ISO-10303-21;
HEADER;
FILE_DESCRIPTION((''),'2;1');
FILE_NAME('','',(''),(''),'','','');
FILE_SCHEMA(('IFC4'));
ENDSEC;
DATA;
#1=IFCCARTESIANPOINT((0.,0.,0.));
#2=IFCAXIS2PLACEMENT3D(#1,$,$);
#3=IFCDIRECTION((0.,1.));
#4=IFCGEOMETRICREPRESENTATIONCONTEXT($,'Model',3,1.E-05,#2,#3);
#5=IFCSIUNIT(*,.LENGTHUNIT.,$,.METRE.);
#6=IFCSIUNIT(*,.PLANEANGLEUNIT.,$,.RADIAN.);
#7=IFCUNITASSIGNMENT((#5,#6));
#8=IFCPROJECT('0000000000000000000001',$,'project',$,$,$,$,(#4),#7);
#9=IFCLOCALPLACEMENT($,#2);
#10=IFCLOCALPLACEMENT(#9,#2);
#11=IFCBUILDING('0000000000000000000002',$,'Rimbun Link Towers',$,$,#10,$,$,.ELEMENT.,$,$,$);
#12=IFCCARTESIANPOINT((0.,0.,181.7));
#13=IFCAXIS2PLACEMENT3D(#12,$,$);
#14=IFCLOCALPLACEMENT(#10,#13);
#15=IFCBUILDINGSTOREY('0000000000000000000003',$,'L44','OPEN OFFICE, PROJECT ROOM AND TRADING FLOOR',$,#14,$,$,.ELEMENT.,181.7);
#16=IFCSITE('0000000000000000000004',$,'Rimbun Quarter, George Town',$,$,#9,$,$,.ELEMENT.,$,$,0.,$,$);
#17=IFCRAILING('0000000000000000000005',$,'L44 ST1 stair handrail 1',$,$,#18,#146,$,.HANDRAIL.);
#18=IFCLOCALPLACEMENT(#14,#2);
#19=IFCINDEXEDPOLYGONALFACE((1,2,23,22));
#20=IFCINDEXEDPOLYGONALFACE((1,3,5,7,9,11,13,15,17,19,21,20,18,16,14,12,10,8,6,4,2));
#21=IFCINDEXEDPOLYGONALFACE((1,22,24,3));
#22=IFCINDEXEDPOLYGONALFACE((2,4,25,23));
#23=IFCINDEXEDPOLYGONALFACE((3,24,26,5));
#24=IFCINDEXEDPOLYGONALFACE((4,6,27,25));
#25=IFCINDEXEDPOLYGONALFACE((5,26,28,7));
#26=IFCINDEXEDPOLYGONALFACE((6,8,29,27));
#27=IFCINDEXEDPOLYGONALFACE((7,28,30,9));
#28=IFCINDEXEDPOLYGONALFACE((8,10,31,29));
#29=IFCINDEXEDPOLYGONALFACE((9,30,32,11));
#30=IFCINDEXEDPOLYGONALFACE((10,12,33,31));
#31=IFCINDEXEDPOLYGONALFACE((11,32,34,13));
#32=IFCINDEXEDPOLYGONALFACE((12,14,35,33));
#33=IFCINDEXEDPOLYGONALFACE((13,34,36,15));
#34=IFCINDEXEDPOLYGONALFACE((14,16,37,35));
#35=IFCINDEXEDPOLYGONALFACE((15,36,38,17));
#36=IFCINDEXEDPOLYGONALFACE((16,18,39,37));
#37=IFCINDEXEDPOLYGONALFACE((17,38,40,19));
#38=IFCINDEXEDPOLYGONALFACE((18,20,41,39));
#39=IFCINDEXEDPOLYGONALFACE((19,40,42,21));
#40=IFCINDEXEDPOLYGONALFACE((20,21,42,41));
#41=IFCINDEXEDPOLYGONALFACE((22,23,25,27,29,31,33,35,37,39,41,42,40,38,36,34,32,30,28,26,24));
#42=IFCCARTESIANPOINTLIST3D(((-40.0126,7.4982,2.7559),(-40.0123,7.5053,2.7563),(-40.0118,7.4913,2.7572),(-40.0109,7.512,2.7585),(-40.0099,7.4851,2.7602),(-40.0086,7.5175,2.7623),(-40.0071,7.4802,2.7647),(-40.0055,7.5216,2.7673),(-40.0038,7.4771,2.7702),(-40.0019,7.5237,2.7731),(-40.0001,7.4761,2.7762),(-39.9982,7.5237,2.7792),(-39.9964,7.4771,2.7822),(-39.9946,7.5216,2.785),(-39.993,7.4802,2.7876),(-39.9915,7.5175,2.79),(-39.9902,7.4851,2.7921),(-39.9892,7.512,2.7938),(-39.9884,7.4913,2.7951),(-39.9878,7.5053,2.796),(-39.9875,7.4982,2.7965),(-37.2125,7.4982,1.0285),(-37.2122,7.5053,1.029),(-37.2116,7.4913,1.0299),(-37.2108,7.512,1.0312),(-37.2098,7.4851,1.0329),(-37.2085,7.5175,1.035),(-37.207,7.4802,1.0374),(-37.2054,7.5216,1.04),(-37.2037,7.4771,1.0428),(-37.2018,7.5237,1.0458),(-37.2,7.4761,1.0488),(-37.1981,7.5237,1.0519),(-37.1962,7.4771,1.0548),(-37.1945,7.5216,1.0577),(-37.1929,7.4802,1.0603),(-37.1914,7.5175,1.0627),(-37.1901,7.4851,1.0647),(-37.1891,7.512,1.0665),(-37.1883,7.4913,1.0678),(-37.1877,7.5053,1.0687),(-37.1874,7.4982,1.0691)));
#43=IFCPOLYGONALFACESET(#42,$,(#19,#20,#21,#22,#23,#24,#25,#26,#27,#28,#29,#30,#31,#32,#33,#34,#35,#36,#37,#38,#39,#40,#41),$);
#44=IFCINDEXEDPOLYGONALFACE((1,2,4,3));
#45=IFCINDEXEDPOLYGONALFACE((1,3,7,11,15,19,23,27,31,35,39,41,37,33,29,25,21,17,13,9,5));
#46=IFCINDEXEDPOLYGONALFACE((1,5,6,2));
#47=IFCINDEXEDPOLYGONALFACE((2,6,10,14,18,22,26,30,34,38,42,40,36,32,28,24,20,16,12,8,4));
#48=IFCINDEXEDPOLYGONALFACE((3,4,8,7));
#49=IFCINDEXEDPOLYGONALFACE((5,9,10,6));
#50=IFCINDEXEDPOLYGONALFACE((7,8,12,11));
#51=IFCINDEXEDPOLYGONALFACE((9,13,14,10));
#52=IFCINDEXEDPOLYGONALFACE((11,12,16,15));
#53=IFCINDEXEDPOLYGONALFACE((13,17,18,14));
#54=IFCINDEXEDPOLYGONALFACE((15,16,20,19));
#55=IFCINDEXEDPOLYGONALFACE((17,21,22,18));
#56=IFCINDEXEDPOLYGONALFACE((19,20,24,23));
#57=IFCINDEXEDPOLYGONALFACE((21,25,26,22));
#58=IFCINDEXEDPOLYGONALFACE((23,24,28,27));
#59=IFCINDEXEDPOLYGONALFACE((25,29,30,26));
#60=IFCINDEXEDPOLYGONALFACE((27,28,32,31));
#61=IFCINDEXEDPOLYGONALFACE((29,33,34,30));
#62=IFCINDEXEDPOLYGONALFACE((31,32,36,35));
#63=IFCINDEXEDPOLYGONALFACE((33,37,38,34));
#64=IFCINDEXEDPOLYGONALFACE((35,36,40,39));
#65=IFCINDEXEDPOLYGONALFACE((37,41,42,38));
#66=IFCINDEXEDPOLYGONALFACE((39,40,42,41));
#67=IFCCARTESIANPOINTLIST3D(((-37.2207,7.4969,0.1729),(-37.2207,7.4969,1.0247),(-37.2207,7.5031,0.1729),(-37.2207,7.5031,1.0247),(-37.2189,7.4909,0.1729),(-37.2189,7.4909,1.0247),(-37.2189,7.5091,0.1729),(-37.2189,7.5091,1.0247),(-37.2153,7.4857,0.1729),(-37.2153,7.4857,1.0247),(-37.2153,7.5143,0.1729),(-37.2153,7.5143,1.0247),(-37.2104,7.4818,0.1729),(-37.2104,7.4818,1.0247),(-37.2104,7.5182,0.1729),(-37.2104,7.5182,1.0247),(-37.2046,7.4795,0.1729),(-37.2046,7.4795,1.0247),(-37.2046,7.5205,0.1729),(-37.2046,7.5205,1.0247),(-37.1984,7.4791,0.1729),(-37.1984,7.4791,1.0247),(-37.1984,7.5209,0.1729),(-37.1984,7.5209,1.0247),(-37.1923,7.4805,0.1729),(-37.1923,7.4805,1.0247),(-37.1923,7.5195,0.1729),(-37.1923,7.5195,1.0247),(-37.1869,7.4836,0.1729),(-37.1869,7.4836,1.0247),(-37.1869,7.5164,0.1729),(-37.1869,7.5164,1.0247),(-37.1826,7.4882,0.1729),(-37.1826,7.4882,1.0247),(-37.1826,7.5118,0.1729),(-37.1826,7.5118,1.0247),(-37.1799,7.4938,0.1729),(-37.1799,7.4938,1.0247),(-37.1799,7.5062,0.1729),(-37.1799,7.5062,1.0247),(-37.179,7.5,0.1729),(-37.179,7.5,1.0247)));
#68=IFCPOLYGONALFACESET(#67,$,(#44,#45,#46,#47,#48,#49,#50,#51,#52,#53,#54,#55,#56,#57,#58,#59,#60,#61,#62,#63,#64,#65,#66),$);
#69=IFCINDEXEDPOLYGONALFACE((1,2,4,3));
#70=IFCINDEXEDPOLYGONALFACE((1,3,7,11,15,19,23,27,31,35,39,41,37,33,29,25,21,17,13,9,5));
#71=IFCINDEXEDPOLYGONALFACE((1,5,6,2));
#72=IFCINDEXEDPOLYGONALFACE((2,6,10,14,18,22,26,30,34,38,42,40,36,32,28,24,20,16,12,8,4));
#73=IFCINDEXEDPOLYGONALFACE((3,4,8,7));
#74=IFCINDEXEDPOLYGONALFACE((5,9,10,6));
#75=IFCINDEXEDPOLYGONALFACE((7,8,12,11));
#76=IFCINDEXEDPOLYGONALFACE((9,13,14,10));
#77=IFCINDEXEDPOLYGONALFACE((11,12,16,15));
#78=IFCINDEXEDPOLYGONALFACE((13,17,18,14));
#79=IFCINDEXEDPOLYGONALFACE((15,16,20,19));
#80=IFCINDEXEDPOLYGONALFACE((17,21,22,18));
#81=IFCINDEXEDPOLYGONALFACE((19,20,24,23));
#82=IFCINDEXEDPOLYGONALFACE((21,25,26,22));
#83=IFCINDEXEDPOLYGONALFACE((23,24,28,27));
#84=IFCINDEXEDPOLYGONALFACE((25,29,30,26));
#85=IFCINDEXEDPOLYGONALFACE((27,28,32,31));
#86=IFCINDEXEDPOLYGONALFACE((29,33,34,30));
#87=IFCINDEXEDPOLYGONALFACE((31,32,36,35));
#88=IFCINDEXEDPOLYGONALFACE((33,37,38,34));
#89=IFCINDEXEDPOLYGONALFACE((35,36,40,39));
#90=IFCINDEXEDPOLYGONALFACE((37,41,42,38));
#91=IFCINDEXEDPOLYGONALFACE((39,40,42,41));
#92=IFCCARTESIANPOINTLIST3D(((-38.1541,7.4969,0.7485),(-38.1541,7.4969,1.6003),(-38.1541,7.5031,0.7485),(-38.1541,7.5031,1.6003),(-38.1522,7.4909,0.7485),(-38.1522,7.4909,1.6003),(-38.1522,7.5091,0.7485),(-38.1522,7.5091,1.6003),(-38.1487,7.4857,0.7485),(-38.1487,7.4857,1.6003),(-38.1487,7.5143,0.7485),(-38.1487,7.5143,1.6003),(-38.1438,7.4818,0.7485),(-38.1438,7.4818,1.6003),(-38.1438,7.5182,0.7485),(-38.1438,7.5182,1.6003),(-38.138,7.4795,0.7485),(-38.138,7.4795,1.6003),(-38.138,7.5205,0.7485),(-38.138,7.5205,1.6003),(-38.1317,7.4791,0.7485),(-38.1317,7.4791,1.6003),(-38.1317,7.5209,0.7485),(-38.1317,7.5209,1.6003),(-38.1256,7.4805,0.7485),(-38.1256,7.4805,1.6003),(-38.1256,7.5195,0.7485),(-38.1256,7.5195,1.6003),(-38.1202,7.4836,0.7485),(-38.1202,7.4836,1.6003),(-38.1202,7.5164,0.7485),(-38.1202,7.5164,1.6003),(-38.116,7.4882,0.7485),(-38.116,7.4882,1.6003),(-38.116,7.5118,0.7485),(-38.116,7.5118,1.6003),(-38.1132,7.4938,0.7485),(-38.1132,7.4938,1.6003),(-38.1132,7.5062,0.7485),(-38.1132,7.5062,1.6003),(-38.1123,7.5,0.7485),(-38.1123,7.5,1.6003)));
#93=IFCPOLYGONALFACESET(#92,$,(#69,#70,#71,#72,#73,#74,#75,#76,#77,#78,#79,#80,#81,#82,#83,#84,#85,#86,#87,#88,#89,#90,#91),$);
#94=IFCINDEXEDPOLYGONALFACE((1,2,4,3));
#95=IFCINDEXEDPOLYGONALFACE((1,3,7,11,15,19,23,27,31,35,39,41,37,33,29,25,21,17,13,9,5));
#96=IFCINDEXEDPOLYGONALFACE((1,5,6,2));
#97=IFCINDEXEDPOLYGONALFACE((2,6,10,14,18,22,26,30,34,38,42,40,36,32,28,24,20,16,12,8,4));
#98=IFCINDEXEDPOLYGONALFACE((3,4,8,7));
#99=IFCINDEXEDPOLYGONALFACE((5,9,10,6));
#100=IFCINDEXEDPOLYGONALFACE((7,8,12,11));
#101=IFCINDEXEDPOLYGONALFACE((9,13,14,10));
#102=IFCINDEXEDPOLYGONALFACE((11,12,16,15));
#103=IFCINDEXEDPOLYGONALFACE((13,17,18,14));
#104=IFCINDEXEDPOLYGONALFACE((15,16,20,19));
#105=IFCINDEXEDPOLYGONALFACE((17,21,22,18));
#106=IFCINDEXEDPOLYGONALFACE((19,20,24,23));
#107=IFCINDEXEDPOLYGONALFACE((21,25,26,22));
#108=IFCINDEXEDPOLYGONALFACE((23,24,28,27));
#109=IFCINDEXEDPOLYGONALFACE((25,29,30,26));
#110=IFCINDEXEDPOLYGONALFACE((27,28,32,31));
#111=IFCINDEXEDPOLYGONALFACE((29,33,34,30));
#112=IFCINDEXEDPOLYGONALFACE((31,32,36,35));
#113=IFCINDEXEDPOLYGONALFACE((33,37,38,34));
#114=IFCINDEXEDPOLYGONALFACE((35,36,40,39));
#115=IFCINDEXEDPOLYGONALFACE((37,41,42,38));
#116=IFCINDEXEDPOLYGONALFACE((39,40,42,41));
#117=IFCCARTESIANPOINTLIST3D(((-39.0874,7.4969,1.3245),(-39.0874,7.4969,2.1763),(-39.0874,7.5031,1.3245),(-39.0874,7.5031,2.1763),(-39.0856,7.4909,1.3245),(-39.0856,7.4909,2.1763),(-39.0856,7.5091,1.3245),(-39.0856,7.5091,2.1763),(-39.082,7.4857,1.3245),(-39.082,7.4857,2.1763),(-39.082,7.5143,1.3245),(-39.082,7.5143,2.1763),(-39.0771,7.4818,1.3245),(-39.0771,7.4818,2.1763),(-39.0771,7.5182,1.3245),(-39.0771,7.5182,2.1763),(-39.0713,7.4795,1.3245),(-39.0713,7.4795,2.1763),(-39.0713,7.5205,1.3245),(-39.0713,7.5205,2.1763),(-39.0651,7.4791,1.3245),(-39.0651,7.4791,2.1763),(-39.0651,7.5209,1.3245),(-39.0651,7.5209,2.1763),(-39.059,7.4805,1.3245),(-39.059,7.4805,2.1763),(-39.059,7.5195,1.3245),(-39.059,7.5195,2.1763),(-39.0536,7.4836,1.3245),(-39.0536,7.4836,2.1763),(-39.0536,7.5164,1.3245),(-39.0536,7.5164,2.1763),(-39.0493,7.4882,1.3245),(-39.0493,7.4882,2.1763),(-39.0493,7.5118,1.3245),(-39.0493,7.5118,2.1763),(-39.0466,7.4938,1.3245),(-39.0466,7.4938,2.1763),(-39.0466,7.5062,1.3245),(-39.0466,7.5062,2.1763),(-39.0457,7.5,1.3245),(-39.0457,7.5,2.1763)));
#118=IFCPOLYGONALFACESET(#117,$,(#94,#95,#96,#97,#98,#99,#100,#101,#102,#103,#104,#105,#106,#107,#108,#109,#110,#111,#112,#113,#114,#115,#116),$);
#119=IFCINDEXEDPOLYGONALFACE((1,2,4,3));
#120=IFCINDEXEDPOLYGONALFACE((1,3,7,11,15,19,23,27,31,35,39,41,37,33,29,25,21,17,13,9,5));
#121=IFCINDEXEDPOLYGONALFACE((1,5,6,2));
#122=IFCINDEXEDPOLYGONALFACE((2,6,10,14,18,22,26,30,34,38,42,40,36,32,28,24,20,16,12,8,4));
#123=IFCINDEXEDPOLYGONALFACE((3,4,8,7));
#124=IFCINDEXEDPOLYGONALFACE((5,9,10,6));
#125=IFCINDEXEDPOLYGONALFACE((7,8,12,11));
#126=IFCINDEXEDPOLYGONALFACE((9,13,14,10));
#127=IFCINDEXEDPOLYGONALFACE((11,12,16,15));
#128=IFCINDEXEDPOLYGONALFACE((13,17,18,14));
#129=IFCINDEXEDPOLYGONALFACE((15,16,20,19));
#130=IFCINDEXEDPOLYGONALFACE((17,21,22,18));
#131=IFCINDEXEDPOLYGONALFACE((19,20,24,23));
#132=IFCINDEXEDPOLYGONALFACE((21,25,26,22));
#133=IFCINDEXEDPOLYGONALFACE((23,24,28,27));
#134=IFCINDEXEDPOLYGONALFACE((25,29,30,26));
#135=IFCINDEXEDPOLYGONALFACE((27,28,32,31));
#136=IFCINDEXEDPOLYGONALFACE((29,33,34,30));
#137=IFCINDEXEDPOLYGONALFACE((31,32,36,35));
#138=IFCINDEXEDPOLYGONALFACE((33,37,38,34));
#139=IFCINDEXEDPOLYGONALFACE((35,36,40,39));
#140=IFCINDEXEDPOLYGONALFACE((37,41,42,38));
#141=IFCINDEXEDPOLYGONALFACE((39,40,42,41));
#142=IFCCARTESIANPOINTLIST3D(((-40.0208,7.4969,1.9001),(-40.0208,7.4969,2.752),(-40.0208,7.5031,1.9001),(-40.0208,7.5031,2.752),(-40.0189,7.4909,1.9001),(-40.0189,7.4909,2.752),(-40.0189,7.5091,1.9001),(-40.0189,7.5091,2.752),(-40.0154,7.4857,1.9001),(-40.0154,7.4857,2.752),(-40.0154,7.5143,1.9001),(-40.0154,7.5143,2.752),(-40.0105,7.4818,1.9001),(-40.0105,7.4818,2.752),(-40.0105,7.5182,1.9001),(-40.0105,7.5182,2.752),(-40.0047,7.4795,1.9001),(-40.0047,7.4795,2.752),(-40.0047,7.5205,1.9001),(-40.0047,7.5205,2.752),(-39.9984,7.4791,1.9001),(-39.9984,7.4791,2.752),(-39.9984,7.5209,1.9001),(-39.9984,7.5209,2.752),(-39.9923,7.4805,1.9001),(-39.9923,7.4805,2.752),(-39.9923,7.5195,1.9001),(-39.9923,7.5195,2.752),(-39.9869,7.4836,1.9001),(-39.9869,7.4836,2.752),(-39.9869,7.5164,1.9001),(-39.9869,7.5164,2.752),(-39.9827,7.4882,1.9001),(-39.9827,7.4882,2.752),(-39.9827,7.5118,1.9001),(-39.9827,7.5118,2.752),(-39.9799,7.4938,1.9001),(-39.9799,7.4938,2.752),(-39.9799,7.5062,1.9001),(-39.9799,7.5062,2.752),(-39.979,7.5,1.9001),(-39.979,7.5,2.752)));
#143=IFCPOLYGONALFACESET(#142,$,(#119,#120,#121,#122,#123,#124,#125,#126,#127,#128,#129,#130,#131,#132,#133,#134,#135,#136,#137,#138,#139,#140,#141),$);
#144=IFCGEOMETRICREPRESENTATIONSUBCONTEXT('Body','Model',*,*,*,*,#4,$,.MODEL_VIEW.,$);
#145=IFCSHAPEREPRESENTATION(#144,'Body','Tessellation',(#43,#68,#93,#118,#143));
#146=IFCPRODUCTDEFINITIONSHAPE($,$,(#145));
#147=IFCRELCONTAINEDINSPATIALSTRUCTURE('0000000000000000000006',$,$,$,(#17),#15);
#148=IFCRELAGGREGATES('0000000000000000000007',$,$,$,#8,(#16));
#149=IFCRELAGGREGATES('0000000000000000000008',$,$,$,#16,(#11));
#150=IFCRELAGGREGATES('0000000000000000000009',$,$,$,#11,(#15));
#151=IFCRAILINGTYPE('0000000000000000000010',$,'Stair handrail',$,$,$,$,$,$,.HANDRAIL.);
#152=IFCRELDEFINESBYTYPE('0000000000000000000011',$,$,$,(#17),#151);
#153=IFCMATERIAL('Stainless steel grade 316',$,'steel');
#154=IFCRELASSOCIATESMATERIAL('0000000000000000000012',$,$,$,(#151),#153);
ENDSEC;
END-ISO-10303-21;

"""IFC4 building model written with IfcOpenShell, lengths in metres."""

from ifc_helpers import new_model, si_unit, direction, frame, origin, origin_2d, place, context, subcontext, project, spatial, circle, extrude, material, type_object, element, save


model = new_model("IFC4")

# Units and contexts
model_context = context("Model", 3, precision=1e-05, world=origin(), true_north=direction((0.0, 1.0)))
body_context = subcontext(model_context, "Body", "Model", "MODEL_VIEW")
ifc_project = project(units=[si_unit("LENGTHUNIT", "METRE"), si_unit("PLANEANGLEUNIT", "RADIAN")], contexts=[model_context])

# Site, building, storey
site_placement = place(None, origin())
site = spatial("IfcSite", under=ifc_project, at=site_placement, Name="Rimbun Quarter, George Town", CompositionType="ELEMENT", RefElevation=0.0)
building_placement = place(site_placement, origin())
building = spatial("IfcBuilding", under=site, at=building_placement, Name="Rimbun Link Towers", CompositionType="ELEMENT")
storey_placement = place(building_placement, frame((0.0, 0.0, 181.7)))
storey = spatial("IfcBuildingStorey", under=building, at=storey_placement, Name="L44", Description="OPEN OFFICE, PROJECT ROOM AND TRADING FLOOR", CompositionType="ELEMENT", Elevation=181.7)

# Railing
ifc_material_1 = material(Name="Stainless steel grade 316", Category="steel")
railing_type_1 = type_object("IfcRailingType", Name="Stair handrail", PredefinedType="HANDRAIL", material=ifc_material_1)
railing_1_placement = place(storey_placement, frame((-37.2, 7.5, 0.1729)))
element("IfcRailing", 1, at=railing_1_placement, inside=storey, type_object=railing_type_1, Name="L44 ST1 stair handrail 1", PredefinedType="HANDRAIL", context=body_context, shape_type="SweptSolid", body=[
    extrude(circle(Radius=0.0239, at=origin_2d()), frame((0.0, 0.0, 0.876), z_axis=(-0.85109, 0.0, 0.52502), x_axis=(0.0, -1.0, 0.0)), (0.0, 0.0, 1.0), 3.29),
    extrude(circle(Radius=0.021, at=origin_2d()), origin(), (0.0, 0.0, 1.0), 0.8518),
    extrude(circle(Radius=0.021, at=origin_2d()), frame((-0.9333, 0.0, 0.5757)), (0.0, 0.0, 1.0), 0.8518),
    extrude(circle(Radius=0.021, at=origin_2d()), frame((-1.8667, 0.0, 1.1516)), (0.0, 0.0, 1.0), 0.8518),
    extrude(circle(Radius=0.021, at=origin_2d()), frame((-2.8, 0.0, 1.7273)), (0.0, 0.0, 1.0), 0.8518),
])

save(model, "model.ifc")
